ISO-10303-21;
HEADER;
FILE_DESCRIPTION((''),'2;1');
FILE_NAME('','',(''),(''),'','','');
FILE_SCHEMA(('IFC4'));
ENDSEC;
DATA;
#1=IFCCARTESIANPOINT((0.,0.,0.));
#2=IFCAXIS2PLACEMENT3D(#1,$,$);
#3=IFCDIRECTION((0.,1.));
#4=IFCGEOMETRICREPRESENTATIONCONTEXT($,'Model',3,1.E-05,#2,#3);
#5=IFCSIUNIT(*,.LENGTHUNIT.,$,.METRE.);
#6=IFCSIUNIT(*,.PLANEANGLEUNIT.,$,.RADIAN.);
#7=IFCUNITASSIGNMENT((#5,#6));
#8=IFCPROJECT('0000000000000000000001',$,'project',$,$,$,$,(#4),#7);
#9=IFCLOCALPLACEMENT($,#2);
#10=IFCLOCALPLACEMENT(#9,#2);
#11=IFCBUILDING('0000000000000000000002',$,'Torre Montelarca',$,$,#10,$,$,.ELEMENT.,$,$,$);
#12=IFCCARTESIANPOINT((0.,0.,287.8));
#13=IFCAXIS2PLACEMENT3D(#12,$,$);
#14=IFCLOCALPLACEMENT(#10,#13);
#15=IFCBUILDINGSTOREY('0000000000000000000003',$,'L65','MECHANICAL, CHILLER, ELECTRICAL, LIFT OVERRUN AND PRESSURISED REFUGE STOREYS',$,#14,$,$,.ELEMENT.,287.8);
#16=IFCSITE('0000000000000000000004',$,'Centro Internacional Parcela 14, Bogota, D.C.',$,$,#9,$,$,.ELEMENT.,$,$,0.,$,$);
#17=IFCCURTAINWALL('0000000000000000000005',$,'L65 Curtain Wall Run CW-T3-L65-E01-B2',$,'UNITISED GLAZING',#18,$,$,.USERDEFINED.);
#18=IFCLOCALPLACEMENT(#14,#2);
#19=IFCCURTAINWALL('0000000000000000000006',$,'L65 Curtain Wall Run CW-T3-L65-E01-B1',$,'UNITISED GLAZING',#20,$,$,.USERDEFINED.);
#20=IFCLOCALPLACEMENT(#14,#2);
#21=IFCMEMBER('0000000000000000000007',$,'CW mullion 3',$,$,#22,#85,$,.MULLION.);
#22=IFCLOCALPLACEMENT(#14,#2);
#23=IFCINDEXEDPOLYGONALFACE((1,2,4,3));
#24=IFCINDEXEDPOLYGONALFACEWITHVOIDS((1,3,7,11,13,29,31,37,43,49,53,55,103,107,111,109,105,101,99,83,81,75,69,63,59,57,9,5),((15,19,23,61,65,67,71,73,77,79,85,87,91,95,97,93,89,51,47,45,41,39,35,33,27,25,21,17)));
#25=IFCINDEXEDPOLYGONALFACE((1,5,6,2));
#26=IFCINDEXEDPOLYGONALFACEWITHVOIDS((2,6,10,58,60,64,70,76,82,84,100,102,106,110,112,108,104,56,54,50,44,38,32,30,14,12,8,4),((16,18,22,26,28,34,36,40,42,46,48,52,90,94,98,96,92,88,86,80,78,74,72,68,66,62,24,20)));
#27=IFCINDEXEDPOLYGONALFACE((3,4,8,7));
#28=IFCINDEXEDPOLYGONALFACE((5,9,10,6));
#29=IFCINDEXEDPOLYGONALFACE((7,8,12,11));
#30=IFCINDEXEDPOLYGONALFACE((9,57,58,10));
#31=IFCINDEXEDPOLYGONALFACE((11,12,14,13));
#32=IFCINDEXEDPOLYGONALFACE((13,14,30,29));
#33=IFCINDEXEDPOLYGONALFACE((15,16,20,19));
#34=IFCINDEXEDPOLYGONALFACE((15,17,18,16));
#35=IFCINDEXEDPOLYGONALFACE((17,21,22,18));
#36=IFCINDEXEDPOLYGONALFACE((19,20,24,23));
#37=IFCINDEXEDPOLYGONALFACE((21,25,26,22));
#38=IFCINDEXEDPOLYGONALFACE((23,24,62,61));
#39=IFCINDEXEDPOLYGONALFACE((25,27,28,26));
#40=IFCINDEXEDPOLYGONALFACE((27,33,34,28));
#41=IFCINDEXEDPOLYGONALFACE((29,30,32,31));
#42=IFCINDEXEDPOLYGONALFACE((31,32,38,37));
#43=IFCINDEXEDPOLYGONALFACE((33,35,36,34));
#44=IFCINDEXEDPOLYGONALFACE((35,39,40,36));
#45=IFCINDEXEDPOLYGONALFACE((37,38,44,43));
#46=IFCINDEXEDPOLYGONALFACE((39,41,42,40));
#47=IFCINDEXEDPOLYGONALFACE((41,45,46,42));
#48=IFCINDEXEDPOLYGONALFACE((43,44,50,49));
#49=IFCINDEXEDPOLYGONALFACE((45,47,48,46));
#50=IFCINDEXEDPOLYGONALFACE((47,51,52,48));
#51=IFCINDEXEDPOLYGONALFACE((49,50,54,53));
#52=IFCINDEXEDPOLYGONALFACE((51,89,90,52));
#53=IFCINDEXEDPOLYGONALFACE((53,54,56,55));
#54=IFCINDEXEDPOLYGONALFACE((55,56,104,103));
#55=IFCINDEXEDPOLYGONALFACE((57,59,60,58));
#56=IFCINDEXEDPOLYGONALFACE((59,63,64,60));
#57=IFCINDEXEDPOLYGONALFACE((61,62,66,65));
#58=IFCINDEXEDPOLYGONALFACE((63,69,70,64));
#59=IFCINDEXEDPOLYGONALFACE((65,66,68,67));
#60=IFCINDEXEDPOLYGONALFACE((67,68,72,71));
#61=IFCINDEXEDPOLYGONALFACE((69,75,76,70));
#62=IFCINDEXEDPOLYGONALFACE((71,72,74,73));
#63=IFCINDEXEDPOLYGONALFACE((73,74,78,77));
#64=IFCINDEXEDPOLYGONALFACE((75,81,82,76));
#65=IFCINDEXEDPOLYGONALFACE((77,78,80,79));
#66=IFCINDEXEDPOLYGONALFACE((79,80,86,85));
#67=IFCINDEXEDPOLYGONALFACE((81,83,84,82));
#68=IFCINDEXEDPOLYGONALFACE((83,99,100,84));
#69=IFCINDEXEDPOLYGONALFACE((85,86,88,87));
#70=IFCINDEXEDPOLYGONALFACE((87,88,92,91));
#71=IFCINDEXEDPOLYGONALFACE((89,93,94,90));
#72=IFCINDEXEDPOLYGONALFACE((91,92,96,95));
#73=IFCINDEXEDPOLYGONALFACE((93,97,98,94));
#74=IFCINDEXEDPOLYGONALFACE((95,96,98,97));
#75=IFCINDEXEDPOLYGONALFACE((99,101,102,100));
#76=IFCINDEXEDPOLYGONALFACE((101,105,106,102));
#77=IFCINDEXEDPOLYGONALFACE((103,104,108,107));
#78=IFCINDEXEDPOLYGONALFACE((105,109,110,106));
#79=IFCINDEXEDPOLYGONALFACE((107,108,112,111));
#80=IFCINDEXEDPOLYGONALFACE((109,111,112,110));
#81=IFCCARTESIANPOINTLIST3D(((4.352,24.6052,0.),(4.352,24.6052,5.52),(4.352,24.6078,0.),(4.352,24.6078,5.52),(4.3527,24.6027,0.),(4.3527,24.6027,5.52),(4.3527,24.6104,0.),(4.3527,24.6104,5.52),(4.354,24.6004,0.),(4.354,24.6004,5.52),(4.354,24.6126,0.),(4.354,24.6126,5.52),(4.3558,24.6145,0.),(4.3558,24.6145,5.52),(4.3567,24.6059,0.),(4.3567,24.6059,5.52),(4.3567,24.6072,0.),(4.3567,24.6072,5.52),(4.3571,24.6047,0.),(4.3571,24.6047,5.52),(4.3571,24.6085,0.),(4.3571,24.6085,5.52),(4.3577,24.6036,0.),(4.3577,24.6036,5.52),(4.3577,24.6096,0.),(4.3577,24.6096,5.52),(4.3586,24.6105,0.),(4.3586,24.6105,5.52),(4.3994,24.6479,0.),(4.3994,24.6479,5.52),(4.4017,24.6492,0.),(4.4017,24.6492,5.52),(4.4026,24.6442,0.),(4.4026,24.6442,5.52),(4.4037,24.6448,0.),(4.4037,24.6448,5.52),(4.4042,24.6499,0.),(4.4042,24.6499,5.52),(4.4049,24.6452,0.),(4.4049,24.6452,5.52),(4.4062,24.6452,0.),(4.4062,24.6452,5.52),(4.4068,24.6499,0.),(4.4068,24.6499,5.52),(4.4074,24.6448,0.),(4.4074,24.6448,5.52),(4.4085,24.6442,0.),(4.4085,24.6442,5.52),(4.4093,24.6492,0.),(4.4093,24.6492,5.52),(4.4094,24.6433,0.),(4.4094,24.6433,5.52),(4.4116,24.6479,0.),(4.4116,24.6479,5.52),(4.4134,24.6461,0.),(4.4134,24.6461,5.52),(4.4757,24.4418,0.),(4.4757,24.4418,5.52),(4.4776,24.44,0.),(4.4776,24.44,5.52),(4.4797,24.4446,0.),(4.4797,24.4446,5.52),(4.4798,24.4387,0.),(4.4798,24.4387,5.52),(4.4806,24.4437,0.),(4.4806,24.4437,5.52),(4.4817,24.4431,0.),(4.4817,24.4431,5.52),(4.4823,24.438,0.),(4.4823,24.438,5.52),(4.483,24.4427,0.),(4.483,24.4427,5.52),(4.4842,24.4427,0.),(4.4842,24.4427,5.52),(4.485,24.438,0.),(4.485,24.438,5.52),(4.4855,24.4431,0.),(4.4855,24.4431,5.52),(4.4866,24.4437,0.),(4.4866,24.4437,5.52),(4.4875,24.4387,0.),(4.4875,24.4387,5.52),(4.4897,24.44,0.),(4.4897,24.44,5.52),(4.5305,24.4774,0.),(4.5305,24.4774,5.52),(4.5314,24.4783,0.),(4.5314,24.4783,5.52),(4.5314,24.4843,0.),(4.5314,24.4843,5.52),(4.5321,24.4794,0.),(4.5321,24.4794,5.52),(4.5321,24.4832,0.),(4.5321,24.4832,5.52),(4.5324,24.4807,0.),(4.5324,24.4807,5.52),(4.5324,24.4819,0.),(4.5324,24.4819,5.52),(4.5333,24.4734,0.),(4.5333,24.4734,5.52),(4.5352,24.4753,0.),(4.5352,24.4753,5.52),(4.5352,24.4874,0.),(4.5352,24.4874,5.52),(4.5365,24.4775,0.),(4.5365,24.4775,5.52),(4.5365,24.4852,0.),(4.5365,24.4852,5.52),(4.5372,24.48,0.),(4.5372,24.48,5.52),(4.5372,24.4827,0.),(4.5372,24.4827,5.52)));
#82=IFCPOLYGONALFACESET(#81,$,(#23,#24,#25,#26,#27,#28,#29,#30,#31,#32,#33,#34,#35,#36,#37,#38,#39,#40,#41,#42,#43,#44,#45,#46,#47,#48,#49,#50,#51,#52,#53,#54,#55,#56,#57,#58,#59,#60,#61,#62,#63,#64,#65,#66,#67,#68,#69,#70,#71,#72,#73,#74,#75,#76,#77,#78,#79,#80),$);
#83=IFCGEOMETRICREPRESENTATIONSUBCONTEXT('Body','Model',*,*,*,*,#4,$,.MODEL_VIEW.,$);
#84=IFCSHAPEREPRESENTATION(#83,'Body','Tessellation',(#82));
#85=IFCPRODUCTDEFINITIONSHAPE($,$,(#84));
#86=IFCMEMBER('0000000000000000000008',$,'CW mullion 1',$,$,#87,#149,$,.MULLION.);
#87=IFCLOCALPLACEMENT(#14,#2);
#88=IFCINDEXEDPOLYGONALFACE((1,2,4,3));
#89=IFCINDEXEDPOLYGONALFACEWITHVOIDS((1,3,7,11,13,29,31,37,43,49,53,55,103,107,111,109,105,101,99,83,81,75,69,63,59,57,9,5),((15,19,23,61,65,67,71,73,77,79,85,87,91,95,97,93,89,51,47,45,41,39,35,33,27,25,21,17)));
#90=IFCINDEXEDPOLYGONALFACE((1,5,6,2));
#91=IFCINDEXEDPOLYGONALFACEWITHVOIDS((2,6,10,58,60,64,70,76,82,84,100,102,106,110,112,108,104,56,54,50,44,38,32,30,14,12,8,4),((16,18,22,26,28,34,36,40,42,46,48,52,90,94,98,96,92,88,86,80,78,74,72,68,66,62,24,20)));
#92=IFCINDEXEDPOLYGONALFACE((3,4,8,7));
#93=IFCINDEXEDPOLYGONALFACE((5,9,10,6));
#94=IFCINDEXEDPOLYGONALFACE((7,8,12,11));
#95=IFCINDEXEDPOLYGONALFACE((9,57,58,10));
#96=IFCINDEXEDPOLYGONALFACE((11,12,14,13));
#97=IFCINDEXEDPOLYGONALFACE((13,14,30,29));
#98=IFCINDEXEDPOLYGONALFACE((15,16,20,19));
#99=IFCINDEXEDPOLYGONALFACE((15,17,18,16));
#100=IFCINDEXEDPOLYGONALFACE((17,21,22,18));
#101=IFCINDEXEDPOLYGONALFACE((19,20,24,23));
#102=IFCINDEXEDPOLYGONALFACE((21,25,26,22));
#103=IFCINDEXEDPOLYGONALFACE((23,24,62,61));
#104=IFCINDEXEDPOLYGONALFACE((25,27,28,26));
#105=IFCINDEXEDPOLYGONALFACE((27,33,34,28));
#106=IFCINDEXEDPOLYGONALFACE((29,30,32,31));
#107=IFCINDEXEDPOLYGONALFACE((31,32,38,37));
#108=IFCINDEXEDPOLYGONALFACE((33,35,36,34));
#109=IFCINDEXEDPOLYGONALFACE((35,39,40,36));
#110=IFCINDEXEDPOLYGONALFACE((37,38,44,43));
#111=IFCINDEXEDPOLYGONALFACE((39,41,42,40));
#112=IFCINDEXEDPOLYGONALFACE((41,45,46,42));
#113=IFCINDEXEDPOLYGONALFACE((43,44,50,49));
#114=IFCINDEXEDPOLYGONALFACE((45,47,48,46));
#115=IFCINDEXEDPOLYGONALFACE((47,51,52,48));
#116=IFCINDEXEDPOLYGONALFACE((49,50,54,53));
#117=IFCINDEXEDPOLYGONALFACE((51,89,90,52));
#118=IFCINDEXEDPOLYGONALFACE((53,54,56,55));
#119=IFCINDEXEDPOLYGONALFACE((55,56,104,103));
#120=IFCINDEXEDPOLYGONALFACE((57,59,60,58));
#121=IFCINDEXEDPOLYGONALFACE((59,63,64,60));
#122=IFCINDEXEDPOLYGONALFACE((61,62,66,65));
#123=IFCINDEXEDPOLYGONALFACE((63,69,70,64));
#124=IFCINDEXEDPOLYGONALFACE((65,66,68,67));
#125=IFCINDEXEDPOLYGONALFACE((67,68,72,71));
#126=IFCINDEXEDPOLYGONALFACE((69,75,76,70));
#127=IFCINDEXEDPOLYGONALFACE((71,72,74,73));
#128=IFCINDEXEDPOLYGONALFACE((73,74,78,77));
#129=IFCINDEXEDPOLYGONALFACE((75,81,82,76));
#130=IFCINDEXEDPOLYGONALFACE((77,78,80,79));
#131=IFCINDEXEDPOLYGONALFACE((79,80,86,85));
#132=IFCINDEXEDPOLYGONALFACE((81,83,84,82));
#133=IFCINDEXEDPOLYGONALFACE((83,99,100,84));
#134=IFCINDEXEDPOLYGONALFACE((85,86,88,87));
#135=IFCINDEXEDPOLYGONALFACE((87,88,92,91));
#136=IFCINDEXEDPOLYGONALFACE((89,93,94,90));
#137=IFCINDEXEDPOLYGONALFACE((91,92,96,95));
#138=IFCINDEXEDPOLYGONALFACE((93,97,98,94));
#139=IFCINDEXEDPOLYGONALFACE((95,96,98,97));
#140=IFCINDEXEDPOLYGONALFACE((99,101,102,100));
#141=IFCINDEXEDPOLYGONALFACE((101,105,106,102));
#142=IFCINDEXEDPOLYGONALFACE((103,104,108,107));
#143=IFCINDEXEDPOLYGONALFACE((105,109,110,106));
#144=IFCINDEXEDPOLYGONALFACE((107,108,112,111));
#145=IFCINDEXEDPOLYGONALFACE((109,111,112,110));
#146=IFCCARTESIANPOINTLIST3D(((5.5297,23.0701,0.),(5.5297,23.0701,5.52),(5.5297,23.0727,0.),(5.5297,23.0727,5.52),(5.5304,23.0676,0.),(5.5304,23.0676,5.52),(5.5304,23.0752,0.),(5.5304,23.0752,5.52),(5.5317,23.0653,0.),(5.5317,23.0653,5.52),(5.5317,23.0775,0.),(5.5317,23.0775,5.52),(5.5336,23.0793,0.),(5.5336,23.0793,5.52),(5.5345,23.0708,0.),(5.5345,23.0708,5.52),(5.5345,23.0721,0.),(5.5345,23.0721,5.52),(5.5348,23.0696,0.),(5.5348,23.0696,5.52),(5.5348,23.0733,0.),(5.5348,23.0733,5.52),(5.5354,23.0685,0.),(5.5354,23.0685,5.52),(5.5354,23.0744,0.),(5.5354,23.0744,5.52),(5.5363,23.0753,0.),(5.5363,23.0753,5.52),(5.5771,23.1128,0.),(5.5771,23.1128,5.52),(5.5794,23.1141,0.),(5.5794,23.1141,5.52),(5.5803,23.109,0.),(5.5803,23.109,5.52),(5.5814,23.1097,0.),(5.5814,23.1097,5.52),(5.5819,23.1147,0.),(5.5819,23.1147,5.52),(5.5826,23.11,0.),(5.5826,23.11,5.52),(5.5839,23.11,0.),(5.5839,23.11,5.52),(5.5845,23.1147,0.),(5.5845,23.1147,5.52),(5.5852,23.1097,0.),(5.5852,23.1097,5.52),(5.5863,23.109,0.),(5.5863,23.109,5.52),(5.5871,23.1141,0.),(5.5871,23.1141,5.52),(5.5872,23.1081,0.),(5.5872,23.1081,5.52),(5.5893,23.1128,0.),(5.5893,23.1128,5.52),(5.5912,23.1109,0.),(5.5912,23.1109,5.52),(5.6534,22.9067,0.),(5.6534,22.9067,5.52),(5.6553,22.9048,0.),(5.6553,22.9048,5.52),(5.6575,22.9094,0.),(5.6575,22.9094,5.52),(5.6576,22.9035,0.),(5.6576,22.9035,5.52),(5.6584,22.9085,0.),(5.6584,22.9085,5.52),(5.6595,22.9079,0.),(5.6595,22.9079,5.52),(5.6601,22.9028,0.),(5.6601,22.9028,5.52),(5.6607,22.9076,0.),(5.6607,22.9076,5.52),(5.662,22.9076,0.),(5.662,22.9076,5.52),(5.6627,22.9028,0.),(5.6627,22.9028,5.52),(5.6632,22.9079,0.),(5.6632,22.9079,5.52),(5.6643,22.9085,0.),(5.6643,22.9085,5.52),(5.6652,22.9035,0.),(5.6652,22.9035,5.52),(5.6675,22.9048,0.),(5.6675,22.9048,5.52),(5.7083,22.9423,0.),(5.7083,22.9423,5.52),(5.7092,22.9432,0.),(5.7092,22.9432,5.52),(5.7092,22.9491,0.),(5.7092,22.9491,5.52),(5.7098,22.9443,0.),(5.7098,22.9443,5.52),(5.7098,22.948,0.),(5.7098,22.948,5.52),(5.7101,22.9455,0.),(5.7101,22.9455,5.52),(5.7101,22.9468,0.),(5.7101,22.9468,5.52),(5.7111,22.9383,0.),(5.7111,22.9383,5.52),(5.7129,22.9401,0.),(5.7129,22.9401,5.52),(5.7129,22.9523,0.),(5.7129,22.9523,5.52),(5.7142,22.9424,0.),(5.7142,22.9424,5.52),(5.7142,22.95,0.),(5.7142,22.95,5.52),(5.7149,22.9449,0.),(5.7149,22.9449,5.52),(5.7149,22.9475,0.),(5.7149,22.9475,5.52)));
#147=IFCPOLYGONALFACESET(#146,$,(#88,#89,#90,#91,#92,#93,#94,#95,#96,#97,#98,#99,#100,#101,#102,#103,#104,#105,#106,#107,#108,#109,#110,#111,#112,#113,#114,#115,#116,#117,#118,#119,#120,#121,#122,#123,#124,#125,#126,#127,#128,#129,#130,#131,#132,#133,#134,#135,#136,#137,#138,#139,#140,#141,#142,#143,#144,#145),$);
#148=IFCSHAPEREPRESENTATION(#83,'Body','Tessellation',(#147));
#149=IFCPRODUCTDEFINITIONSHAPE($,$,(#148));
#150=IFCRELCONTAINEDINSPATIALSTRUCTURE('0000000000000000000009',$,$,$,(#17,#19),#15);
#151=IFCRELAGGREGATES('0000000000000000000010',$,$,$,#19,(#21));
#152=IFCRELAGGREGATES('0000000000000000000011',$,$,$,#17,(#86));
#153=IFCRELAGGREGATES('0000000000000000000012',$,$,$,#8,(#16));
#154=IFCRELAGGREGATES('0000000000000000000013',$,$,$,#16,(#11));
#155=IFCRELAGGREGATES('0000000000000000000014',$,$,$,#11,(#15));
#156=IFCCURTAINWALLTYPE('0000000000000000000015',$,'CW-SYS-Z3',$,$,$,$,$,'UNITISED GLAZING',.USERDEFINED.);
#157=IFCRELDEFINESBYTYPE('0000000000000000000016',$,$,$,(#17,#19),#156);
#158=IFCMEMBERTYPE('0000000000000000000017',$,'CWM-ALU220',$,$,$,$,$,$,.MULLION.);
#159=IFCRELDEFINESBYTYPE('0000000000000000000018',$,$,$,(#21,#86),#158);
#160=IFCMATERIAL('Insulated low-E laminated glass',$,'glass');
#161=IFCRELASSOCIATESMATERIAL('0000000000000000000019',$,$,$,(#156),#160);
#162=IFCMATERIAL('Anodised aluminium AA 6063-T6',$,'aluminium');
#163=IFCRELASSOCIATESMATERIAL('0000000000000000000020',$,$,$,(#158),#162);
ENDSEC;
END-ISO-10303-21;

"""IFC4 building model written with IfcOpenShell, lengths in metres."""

from ifc_helpers import new_model, si_unit, direction, frame, origin, origin_2d, place, context, subcontext, project, spatial, hollow_rectangle, extrude, source, transform, mapped, material, material_profile, profile_set, type_object, element, aggregate, save


model = new_model("IFC4")

# Units and contexts
model_context = context("Model", 3, precision=1e-05, world=origin(), true_north=direction((0.0, 1.0)))
body_context = subcontext(model_context, "Body", "Model", "MODEL_VIEW")
ifc_project = project(units=[si_unit("LENGTHUNIT", "METRE"), si_unit("PLANEANGLEUNIT", "RADIAN")], contexts=[model_context])

# Site, building, storey
site_placement = place(None, origin())
site = spatial("IfcSite", under=ifc_project, at=site_placement, Name="Centro Internacional Parcela 14, Bogota, D.C.", CompositionType="ELEMENT", RefElevation=0.0)
building_placement = place(site_placement, origin())
building = spatial("IfcBuilding", under=site, at=building_placement, Name="Torre Montelarca", CompositionType="ELEMENT")
storey_placement = place(building_placement, frame((0.0, 0.0, 287.8)))
storey = spatial("IfcBuildingStorey", under=building, at=storey_placement, Name="L65", Description="MECHANICAL, CHILLER, ELECTRICAL, LIFT OVERRUN AND PRESSURISED REFUGE STOREYS", CompositionType="ELEMENT", Elevation=287.8)

# Curtain wall
ifc_material_1 = material(Name="Insulated low-E laminated glass", Category="glass")
curtain_wall_type = type_object("IfcCurtainWallType", Name="CW-SYS-Z3", ElementType="UNITISED GLAZING", PredefinedType="USERDEFINED", material=ifc_material_1)
curtain_wall_1_placement = place(storey_placement, origin())
curtain_wall_1 = element("IfcCurtainWall", 1, at=curtain_wall_1_placement, inside=storey, type_object=curtain_wall_type, Name="L65 Curtain Wall Run CW-T3-L65-E01-B2", ObjectType="UNITISED GLAZING", PredefinedType="USERDEFINED")
ifc_material_2 = material(Name="Anodised aluminium AA 6063-T6", Category="aluminium")

# Curtain wall, member
curtain_wall_2_placement = place(storey_placement, origin())
curtain_wall_2 = element("IfcCurtainWall", 2, at=curtain_wall_2_placement, inside=storey, type_object=curtain_wall_type, Name="L65 Curtain Wall Run CW-T3-L65-E01-B1", ObjectType="UNITISED GLAZING", PredefinedType="USERDEFINED")
ifc_material_profile_1 = material_profile(ifc_material_2, hollow_rectangle(XDim=0.075, YDim=0.22, WallThickness=0.0049, InnerFilletRadius=0.0049, OuterFilletRadius=0.01, at=origin_2d()), Name="ALU75X220X5", Category="aluminium")
ifc_profile_set_1 = profile_set([ifc_material_profile_1], Name="Anodised aluminium AA 6063-T6")
member_type_1 = type_object("IfcMemberType", Name="CWM-ALU220", PredefinedType="MULLION", material=ifc_profile_set_1)
shared_shape_1 = source(origin(), body_context, "Body", "SweptSolid", [
    extrude(hollow_rectangle(XDim=0.075, YDim=0.22, WallThickness=0.0049, InnerFilletRadius=0.0049, OuterFilletRadius=0.01, at=origin_2d()), origin(), (0.0, 0.0, 1.0), 5.52),
])
member_1_placement = place(storey_placement, frame((4.4446, 24.5439, 0.0), z_axis=(0.0, 0.0, 1.0), x_axis=(0.793348, 0.608768, 0.0)))
member_1 = element("IfcMember", 3, at=member_1_placement, type_object=member_type_1, Name="CW mullion 3", PredefinedType="MULLION", context=body_context, shape_type="MappedRepresentation", body=[
    mapped(shared_shape_1, transform((0.0, 0.0, 0.0), scale=1.0)),
])

# Member
member_2_placement = place(storey_placement, frame((5.6223, 23.0088, 0.0), z_axis=(0.0, 0.0, 1.0), x_axis=(0.793346, 0.608771, 0.0)))
member_2 = element("IfcMember", 4, at=member_2_placement, type_object=member_type_1, Name="CW mullion 1", PredefinedType="MULLION", context=body_context, shape_type="MappedRepresentation", body=[
    mapped(shared_shape_1, transform((0.0, 0.0, 0.0), scale=1.0)),
])

aggregate(curtain_wall_2, [member_1])
aggregate(curtain_wall_1, [member_2])

save(model, "model.ifc")
